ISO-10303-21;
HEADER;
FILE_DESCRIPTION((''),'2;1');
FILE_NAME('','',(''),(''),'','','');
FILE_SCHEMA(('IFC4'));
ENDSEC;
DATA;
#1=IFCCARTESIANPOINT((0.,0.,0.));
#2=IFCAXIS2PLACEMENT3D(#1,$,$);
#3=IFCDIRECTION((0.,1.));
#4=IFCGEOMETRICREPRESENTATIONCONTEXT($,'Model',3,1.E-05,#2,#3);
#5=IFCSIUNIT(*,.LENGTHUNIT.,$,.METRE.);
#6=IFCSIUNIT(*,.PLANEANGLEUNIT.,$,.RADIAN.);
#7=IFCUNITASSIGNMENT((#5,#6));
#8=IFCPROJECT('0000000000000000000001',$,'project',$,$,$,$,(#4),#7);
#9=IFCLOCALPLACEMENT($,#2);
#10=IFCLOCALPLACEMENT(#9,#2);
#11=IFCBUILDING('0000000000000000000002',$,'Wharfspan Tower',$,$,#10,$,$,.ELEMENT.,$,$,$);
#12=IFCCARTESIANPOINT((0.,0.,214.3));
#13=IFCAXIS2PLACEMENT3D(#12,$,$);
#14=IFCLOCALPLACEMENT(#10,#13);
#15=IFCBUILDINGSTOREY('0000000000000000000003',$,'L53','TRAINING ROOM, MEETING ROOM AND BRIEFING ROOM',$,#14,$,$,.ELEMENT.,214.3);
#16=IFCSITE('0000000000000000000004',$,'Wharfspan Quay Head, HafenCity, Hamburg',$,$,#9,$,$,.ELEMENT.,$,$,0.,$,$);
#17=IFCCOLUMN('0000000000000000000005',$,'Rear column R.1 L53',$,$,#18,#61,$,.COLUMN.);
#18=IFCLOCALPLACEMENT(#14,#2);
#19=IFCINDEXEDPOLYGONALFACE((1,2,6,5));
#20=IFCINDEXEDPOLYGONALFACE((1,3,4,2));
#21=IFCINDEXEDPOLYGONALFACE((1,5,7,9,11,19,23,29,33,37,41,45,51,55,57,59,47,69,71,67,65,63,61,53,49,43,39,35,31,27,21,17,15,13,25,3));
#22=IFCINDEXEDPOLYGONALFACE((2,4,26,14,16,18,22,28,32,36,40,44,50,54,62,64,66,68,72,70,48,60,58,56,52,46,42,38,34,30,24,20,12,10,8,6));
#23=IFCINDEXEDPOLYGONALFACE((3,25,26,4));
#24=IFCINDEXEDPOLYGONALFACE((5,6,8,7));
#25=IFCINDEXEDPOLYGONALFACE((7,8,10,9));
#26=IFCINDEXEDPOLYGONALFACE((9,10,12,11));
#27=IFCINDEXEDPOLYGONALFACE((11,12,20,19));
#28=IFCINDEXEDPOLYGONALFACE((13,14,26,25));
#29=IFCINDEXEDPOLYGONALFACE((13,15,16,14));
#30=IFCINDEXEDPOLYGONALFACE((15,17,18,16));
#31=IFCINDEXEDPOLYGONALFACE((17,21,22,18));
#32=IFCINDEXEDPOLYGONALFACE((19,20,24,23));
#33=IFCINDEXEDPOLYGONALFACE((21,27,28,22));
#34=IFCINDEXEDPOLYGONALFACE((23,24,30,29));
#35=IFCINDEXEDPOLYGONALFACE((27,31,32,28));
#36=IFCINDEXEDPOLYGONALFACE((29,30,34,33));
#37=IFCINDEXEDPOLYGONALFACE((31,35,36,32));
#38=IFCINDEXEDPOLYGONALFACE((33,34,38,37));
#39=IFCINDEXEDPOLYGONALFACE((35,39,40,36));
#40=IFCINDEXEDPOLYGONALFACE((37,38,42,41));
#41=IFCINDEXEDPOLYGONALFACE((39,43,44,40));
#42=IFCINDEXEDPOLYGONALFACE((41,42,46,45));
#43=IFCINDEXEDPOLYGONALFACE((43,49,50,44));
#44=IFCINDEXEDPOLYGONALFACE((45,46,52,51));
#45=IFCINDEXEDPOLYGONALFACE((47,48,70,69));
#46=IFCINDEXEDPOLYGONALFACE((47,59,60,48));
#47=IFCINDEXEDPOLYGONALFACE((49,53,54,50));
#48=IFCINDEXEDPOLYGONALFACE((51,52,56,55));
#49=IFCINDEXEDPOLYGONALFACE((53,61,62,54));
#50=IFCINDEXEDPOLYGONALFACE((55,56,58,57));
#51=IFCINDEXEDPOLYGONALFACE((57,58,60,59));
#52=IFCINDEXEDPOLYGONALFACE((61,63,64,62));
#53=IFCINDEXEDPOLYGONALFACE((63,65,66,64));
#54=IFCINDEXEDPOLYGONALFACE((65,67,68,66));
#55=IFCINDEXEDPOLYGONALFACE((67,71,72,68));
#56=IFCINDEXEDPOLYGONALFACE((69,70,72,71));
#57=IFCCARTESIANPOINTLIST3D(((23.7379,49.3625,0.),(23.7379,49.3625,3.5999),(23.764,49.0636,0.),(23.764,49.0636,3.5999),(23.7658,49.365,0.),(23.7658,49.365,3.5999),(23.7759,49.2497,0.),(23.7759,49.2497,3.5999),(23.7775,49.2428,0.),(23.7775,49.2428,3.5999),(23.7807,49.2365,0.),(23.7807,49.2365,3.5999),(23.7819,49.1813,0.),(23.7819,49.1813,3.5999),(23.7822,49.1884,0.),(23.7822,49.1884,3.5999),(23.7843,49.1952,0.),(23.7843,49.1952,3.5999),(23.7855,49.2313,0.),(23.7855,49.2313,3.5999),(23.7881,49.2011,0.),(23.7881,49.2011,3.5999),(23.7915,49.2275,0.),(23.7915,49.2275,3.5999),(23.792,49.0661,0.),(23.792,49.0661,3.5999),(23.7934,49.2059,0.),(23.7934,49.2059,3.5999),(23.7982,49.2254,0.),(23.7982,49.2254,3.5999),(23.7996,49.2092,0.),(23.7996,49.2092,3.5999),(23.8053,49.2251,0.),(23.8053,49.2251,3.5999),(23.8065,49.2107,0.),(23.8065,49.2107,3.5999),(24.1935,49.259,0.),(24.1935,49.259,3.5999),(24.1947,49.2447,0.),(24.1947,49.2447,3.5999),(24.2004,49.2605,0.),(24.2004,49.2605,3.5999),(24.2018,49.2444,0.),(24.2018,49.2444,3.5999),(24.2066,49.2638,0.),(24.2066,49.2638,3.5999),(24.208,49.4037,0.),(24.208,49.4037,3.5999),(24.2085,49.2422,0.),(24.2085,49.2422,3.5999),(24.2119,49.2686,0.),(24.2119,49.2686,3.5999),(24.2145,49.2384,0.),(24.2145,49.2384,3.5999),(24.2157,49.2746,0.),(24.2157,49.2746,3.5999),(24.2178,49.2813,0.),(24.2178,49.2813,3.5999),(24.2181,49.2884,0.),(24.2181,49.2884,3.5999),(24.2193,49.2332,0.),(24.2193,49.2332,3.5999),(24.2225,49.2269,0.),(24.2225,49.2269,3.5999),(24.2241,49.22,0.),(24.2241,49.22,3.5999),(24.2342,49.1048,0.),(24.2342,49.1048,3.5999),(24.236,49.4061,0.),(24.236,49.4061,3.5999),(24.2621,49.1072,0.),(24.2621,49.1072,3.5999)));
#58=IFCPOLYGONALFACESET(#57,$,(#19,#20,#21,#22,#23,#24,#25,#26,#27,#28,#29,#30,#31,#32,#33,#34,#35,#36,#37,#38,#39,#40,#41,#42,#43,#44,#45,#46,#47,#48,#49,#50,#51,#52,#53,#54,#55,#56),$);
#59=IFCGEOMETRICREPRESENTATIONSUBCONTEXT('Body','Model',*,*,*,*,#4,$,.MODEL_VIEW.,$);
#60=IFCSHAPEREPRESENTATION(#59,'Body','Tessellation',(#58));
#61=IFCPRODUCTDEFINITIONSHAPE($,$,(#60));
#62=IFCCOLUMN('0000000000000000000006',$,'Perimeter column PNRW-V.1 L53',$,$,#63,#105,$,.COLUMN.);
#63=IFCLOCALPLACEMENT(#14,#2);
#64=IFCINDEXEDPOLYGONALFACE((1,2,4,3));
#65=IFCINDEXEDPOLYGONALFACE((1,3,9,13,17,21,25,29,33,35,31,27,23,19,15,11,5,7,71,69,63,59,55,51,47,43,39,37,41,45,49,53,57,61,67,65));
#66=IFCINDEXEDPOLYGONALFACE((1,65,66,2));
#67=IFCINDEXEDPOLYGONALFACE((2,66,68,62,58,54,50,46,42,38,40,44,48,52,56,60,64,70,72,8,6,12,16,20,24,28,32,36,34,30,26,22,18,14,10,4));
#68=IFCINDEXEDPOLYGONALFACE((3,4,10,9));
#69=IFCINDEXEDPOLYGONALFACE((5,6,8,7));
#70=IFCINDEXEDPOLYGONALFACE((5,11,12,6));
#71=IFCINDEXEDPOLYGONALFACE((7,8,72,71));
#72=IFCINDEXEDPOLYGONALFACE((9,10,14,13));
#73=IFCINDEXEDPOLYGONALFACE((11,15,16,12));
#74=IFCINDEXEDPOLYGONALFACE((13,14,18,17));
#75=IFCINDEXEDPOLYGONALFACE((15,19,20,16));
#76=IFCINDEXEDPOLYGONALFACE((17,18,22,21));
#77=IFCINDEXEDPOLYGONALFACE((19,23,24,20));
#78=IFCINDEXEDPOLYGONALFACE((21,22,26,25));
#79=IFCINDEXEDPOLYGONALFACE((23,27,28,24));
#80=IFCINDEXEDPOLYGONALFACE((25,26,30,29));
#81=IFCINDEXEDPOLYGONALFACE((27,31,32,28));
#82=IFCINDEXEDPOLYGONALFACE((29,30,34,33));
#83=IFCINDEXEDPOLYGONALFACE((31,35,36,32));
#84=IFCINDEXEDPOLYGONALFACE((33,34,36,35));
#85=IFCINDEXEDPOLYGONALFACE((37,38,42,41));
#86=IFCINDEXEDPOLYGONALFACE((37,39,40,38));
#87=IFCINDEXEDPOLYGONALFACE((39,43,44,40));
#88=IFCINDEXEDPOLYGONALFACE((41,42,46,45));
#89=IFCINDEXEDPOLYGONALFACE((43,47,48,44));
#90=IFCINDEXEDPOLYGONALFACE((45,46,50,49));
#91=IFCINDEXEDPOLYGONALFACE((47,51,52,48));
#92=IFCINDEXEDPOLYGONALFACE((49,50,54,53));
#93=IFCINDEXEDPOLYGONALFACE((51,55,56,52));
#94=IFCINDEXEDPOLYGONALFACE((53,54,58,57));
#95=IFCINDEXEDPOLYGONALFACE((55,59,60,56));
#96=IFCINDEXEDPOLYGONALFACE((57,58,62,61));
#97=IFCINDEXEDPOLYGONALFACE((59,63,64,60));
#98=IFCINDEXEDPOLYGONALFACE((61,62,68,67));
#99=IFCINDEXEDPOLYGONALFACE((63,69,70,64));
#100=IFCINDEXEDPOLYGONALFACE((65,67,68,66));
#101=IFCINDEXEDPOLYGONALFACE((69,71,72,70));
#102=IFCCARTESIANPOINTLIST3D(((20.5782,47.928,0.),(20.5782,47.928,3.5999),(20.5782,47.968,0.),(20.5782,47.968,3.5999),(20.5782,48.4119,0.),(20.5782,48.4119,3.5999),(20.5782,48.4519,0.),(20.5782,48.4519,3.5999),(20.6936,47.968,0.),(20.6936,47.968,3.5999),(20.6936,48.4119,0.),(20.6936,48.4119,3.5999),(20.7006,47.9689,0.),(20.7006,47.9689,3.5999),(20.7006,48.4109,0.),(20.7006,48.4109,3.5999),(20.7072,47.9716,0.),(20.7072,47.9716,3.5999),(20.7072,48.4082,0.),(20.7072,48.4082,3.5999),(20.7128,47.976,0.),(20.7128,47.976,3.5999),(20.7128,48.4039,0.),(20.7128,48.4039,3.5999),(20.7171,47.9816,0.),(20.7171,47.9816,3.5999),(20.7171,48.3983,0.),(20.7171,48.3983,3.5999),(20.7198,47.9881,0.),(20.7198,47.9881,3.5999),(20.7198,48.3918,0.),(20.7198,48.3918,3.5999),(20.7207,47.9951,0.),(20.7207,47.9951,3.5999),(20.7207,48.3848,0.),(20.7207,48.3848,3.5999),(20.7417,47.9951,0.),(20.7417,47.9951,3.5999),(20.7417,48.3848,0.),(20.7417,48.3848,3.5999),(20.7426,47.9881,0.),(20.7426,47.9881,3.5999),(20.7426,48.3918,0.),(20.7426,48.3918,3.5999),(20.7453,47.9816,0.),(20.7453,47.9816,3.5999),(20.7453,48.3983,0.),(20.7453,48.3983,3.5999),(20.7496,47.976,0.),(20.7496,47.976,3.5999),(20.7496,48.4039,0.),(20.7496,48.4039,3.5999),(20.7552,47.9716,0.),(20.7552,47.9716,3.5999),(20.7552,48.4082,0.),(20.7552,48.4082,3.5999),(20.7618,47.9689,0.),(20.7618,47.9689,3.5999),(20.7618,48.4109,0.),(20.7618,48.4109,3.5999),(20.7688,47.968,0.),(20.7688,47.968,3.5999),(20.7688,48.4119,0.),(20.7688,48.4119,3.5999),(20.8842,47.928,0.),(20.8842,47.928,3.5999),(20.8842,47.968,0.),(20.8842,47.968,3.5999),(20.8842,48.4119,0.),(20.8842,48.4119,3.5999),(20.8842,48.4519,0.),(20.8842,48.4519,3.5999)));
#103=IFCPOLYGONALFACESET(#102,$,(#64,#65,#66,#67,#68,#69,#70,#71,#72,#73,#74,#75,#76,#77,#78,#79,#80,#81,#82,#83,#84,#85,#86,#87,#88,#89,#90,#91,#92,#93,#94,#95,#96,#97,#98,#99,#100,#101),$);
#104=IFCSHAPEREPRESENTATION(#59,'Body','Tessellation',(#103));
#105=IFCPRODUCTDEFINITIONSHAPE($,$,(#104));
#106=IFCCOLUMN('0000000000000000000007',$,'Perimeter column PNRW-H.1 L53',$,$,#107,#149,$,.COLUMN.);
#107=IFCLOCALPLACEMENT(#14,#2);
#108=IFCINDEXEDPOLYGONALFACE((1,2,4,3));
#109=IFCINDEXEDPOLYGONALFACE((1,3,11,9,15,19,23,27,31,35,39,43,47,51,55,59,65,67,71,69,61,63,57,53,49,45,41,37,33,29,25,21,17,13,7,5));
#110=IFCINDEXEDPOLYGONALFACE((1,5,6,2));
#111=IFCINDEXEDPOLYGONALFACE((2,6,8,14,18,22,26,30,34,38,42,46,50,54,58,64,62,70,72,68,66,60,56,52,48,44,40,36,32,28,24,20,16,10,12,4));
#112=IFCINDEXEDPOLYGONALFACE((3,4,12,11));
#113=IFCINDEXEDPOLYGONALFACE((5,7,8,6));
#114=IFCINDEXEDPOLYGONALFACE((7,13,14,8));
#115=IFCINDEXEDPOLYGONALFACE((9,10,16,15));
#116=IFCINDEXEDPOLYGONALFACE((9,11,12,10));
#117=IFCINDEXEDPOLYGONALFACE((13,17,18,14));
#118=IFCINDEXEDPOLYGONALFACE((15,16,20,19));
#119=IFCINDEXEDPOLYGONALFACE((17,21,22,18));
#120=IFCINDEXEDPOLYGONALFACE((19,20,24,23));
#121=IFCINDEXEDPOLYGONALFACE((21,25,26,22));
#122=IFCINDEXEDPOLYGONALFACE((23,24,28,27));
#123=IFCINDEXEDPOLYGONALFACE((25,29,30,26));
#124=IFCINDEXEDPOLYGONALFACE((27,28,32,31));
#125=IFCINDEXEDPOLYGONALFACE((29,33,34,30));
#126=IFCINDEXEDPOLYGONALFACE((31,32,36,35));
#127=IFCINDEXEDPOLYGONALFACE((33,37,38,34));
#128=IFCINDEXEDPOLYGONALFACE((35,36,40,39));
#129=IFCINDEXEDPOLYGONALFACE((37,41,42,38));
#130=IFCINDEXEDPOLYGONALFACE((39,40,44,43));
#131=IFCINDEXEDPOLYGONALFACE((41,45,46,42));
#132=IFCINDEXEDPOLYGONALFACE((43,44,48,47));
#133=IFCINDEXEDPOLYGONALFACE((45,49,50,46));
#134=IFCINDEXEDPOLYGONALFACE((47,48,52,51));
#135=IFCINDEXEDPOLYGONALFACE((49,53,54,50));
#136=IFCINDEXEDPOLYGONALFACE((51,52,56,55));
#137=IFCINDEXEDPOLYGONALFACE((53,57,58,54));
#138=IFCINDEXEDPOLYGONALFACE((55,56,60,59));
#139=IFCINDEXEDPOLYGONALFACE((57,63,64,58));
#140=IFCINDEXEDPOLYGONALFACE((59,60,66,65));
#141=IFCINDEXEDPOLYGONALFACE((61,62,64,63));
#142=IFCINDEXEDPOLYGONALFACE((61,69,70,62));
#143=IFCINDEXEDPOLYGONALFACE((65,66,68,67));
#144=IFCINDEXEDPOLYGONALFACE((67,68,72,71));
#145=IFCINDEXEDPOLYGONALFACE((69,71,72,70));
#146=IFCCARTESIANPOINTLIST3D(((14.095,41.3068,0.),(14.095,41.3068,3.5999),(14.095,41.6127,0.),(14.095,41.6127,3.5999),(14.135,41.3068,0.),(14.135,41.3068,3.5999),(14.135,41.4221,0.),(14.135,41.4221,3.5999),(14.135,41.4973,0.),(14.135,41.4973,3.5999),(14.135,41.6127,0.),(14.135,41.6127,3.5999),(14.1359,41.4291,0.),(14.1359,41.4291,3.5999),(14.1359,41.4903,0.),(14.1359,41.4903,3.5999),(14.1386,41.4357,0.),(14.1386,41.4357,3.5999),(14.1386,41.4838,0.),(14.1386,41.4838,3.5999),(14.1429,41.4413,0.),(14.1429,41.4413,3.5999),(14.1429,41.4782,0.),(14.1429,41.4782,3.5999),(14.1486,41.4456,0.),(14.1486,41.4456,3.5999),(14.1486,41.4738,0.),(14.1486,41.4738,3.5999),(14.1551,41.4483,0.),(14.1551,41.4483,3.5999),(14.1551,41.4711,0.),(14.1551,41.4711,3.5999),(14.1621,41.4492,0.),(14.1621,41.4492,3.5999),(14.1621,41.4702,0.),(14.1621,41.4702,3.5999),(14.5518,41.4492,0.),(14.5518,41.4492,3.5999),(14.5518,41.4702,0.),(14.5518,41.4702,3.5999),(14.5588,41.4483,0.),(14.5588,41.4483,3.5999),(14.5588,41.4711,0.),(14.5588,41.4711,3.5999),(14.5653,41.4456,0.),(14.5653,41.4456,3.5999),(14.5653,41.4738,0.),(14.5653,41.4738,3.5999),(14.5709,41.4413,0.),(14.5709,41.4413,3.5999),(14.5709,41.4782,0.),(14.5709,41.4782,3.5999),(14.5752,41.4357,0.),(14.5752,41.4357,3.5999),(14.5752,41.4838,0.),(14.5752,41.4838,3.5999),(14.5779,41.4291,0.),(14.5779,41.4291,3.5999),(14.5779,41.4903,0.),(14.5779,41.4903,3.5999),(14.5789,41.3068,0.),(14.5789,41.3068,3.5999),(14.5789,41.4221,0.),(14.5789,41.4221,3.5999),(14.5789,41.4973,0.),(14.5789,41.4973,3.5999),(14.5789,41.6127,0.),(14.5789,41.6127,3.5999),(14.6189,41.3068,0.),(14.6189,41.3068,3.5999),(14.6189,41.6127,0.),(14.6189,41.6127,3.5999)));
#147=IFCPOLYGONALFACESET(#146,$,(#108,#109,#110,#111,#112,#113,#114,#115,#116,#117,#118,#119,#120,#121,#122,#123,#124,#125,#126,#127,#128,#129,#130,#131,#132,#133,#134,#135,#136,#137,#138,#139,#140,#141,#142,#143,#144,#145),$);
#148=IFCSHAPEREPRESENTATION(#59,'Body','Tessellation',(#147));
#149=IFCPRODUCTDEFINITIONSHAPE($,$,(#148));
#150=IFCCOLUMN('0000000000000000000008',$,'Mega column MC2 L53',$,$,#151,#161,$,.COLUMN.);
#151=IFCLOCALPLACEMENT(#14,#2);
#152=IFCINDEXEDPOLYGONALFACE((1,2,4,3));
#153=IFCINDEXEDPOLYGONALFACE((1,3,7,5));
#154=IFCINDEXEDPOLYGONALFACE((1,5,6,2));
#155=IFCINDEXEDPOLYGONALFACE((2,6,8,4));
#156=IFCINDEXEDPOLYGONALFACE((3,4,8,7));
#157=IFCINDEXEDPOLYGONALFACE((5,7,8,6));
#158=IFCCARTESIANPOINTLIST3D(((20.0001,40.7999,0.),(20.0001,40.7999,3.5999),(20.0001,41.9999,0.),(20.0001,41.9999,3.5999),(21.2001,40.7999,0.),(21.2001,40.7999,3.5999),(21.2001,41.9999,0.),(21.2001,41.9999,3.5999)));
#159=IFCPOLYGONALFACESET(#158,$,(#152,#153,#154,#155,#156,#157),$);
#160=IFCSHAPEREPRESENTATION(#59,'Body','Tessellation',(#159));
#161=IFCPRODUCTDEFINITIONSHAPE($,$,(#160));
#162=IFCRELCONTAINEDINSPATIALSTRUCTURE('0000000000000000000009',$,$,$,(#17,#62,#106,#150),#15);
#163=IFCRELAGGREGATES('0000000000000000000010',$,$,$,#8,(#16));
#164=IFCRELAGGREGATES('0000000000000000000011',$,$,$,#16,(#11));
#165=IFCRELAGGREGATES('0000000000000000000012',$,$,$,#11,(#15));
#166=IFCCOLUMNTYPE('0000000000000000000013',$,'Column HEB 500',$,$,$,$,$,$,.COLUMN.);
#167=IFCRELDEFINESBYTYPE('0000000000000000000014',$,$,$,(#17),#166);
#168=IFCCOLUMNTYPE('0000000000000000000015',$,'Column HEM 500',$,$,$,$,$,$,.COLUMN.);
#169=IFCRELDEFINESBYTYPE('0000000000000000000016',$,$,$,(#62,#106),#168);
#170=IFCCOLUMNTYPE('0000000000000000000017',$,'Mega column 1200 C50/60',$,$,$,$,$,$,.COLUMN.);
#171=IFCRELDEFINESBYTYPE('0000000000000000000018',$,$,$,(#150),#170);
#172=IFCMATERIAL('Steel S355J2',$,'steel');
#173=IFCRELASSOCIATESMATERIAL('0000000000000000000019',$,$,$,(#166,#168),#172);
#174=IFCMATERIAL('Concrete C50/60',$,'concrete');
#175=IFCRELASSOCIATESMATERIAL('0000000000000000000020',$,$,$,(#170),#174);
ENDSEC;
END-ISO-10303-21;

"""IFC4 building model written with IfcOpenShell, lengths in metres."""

from ifc_helpers import new_model, si_unit, direction, frame, origin, origin_2d, place, context, subcontext, project, spatial, rectangle, i_section, extrude, material, material_profile, profile_set, type_object, element, save


model = new_model("IFC4")

# Units and contexts
model_context = context("Model", 3, precision=1e-05, world=origin(), true_north=direction((0.0, 1.0)))
body_context = subcontext(model_context, "Body", "Model", "MODEL_VIEW")
ifc_project = project(units=[si_unit("LENGTHUNIT", "METRE"), si_unit("PLANEANGLEUNIT", "RADIAN")], contexts=[model_context])

# Site, building, storey
site_placement = place(None, origin())
site = spatial("IfcSite", under=ifc_project, at=site_placement, Name="Wharfspan Quay Head, HafenCity, Hamburg", CompositionType="ELEMENT", RefElevation=0.0)
building_placement = place(site_placement, origin())
building = spatial("IfcBuilding", under=site, at=building_placement, Name="Wharfspan Tower", CompositionType="ELEMENT")
storey_placement = place(building_placement, frame((0.0, 0.0, 214.3)))
storey = spatial("IfcBuildingStorey", under=building, at=storey_placement, Name="L53", Description="TRAINING ROOM, MEETING ROOM AND BRIEFING ROOM", CompositionType="ELEMENT", Elevation=214.3)

# Columns
ifc_material_1 = material(Name="Steel S355J2", Category="steel")
ifc_material_profile_1 = material_profile(ifc_material_1, i_section(OverallWidth=0.3, OverallDepth=0.5, WebThickness=0.0144, FlangeThickness=0.0281, FilletRadius=0.0271, at=origin_2d()))
ifc_profile_set_1 = profile_set([ifc_material_profile_1], Name="Steel S355J2")
column_type_1 = type_object("IfcColumnType", Name="Column HEB 500", PredefinedType="COLUMN", material=ifc_profile_set_1)
column_1_placement = place(storey_placement, frame((24.0, 49.2349, 0.0), z_axis=(0.0, 0.0, 1.0), x_axis=(-0.087156, 0.996197, 0.0)))
element("IfcColumn", 1, at=column_1_placement, inside=storey, type_object=column_type_1, Name="Rear column R.1 L53", PredefinedType="COLUMN", context=body_context, shape_type="SweptSolid", body=[
    extrude(i_section(OverallWidth=0.3, OverallDepth=0.5, WebThickness=0.0144, FlangeThickness=0.0281, FilletRadius=0.0271, at=origin_2d()), origin(), (0.0, 0.0, 1.0), 3.5999),
])
ifc_material_profile_2 = material_profile(ifc_material_1, i_section(OverallWidth=0.3059, OverallDepth=0.5239, WebThickness=0.021, FlangeThickness=0.04, FilletRadius=0.0271, at=origin_2d()))
ifc_profile_set_2 = profile_set([ifc_material_profile_2], Name="Steel S355J2")
column_type_2 = type_object("IfcColumnType", Name="Column HEM 500", PredefinedType="COLUMN", material=ifc_profile_set_2)
for number, where, z_axis, x_axis, name in (
    (2, (20.7312, 48.1899, 0.0), (0.0, 0.0, 1.0), (-1.0, 0.0, 0.0), "Perimeter column PNRW-V.1 L53"),
    (3, (14.3569, 41.4597, 0.0), (0.0, 0.0, 1.0), (0.0, 1.0, 0.0), "Perimeter column PNRW-H.1 L53"),
):
    element("IfcColumn", number, at=place(storey_placement, frame(where, z_axis=z_axis, x_axis=x_axis)), inside=storey, type_object=column_type_2, Name=name, PredefinedType="COLUMN", context=body_context, shape_type="SweptSolid", body=[
        extrude(i_section(OverallWidth=0.3059, OverallDepth=0.5239, WebThickness=0.021, FlangeThickness=0.04, FilletRadius=0.0271, at=origin_2d()), origin(), (0.0, 0.0, 1.0), 3.5999),
    ])
ifc_material_2 = material(Name="Concrete C50/60", Category="concrete")
ifc_material_profile_3 = material_profile(ifc_material_2, rectangle(XDim=1.2, YDim=1.2, at=origin_2d()))
ifc_profile_set_3 = profile_set([ifc_material_profile_3], Name="Concrete C50/60")
column_type_3 = type_object("IfcColumnType", Name="Mega column 1200 C50/60", PredefinedType="COLUMN", material=ifc_profile_set_3)
column_2_placement = place(storey_placement, frame((20.6001, 41.3999, 0.0), z_axis=(0.0, 0.0, 1.0), x_axis=(1.0, 0.0, 0.0)))
element("IfcColumn", 4, at=column_2_placement, inside=storey, type_object=column_type_3, Name="Mega column MC2 L53", PredefinedType="COLUMN", context=body_context, shape_type="SweptSolid", body=[
    extrude(rectangle(XDim=1.2, YDim=1.2, at=origin_2d()), origin(), (0.0, 0.0, 1.0), 3.5999),
])

save(model, "model.ifc")
